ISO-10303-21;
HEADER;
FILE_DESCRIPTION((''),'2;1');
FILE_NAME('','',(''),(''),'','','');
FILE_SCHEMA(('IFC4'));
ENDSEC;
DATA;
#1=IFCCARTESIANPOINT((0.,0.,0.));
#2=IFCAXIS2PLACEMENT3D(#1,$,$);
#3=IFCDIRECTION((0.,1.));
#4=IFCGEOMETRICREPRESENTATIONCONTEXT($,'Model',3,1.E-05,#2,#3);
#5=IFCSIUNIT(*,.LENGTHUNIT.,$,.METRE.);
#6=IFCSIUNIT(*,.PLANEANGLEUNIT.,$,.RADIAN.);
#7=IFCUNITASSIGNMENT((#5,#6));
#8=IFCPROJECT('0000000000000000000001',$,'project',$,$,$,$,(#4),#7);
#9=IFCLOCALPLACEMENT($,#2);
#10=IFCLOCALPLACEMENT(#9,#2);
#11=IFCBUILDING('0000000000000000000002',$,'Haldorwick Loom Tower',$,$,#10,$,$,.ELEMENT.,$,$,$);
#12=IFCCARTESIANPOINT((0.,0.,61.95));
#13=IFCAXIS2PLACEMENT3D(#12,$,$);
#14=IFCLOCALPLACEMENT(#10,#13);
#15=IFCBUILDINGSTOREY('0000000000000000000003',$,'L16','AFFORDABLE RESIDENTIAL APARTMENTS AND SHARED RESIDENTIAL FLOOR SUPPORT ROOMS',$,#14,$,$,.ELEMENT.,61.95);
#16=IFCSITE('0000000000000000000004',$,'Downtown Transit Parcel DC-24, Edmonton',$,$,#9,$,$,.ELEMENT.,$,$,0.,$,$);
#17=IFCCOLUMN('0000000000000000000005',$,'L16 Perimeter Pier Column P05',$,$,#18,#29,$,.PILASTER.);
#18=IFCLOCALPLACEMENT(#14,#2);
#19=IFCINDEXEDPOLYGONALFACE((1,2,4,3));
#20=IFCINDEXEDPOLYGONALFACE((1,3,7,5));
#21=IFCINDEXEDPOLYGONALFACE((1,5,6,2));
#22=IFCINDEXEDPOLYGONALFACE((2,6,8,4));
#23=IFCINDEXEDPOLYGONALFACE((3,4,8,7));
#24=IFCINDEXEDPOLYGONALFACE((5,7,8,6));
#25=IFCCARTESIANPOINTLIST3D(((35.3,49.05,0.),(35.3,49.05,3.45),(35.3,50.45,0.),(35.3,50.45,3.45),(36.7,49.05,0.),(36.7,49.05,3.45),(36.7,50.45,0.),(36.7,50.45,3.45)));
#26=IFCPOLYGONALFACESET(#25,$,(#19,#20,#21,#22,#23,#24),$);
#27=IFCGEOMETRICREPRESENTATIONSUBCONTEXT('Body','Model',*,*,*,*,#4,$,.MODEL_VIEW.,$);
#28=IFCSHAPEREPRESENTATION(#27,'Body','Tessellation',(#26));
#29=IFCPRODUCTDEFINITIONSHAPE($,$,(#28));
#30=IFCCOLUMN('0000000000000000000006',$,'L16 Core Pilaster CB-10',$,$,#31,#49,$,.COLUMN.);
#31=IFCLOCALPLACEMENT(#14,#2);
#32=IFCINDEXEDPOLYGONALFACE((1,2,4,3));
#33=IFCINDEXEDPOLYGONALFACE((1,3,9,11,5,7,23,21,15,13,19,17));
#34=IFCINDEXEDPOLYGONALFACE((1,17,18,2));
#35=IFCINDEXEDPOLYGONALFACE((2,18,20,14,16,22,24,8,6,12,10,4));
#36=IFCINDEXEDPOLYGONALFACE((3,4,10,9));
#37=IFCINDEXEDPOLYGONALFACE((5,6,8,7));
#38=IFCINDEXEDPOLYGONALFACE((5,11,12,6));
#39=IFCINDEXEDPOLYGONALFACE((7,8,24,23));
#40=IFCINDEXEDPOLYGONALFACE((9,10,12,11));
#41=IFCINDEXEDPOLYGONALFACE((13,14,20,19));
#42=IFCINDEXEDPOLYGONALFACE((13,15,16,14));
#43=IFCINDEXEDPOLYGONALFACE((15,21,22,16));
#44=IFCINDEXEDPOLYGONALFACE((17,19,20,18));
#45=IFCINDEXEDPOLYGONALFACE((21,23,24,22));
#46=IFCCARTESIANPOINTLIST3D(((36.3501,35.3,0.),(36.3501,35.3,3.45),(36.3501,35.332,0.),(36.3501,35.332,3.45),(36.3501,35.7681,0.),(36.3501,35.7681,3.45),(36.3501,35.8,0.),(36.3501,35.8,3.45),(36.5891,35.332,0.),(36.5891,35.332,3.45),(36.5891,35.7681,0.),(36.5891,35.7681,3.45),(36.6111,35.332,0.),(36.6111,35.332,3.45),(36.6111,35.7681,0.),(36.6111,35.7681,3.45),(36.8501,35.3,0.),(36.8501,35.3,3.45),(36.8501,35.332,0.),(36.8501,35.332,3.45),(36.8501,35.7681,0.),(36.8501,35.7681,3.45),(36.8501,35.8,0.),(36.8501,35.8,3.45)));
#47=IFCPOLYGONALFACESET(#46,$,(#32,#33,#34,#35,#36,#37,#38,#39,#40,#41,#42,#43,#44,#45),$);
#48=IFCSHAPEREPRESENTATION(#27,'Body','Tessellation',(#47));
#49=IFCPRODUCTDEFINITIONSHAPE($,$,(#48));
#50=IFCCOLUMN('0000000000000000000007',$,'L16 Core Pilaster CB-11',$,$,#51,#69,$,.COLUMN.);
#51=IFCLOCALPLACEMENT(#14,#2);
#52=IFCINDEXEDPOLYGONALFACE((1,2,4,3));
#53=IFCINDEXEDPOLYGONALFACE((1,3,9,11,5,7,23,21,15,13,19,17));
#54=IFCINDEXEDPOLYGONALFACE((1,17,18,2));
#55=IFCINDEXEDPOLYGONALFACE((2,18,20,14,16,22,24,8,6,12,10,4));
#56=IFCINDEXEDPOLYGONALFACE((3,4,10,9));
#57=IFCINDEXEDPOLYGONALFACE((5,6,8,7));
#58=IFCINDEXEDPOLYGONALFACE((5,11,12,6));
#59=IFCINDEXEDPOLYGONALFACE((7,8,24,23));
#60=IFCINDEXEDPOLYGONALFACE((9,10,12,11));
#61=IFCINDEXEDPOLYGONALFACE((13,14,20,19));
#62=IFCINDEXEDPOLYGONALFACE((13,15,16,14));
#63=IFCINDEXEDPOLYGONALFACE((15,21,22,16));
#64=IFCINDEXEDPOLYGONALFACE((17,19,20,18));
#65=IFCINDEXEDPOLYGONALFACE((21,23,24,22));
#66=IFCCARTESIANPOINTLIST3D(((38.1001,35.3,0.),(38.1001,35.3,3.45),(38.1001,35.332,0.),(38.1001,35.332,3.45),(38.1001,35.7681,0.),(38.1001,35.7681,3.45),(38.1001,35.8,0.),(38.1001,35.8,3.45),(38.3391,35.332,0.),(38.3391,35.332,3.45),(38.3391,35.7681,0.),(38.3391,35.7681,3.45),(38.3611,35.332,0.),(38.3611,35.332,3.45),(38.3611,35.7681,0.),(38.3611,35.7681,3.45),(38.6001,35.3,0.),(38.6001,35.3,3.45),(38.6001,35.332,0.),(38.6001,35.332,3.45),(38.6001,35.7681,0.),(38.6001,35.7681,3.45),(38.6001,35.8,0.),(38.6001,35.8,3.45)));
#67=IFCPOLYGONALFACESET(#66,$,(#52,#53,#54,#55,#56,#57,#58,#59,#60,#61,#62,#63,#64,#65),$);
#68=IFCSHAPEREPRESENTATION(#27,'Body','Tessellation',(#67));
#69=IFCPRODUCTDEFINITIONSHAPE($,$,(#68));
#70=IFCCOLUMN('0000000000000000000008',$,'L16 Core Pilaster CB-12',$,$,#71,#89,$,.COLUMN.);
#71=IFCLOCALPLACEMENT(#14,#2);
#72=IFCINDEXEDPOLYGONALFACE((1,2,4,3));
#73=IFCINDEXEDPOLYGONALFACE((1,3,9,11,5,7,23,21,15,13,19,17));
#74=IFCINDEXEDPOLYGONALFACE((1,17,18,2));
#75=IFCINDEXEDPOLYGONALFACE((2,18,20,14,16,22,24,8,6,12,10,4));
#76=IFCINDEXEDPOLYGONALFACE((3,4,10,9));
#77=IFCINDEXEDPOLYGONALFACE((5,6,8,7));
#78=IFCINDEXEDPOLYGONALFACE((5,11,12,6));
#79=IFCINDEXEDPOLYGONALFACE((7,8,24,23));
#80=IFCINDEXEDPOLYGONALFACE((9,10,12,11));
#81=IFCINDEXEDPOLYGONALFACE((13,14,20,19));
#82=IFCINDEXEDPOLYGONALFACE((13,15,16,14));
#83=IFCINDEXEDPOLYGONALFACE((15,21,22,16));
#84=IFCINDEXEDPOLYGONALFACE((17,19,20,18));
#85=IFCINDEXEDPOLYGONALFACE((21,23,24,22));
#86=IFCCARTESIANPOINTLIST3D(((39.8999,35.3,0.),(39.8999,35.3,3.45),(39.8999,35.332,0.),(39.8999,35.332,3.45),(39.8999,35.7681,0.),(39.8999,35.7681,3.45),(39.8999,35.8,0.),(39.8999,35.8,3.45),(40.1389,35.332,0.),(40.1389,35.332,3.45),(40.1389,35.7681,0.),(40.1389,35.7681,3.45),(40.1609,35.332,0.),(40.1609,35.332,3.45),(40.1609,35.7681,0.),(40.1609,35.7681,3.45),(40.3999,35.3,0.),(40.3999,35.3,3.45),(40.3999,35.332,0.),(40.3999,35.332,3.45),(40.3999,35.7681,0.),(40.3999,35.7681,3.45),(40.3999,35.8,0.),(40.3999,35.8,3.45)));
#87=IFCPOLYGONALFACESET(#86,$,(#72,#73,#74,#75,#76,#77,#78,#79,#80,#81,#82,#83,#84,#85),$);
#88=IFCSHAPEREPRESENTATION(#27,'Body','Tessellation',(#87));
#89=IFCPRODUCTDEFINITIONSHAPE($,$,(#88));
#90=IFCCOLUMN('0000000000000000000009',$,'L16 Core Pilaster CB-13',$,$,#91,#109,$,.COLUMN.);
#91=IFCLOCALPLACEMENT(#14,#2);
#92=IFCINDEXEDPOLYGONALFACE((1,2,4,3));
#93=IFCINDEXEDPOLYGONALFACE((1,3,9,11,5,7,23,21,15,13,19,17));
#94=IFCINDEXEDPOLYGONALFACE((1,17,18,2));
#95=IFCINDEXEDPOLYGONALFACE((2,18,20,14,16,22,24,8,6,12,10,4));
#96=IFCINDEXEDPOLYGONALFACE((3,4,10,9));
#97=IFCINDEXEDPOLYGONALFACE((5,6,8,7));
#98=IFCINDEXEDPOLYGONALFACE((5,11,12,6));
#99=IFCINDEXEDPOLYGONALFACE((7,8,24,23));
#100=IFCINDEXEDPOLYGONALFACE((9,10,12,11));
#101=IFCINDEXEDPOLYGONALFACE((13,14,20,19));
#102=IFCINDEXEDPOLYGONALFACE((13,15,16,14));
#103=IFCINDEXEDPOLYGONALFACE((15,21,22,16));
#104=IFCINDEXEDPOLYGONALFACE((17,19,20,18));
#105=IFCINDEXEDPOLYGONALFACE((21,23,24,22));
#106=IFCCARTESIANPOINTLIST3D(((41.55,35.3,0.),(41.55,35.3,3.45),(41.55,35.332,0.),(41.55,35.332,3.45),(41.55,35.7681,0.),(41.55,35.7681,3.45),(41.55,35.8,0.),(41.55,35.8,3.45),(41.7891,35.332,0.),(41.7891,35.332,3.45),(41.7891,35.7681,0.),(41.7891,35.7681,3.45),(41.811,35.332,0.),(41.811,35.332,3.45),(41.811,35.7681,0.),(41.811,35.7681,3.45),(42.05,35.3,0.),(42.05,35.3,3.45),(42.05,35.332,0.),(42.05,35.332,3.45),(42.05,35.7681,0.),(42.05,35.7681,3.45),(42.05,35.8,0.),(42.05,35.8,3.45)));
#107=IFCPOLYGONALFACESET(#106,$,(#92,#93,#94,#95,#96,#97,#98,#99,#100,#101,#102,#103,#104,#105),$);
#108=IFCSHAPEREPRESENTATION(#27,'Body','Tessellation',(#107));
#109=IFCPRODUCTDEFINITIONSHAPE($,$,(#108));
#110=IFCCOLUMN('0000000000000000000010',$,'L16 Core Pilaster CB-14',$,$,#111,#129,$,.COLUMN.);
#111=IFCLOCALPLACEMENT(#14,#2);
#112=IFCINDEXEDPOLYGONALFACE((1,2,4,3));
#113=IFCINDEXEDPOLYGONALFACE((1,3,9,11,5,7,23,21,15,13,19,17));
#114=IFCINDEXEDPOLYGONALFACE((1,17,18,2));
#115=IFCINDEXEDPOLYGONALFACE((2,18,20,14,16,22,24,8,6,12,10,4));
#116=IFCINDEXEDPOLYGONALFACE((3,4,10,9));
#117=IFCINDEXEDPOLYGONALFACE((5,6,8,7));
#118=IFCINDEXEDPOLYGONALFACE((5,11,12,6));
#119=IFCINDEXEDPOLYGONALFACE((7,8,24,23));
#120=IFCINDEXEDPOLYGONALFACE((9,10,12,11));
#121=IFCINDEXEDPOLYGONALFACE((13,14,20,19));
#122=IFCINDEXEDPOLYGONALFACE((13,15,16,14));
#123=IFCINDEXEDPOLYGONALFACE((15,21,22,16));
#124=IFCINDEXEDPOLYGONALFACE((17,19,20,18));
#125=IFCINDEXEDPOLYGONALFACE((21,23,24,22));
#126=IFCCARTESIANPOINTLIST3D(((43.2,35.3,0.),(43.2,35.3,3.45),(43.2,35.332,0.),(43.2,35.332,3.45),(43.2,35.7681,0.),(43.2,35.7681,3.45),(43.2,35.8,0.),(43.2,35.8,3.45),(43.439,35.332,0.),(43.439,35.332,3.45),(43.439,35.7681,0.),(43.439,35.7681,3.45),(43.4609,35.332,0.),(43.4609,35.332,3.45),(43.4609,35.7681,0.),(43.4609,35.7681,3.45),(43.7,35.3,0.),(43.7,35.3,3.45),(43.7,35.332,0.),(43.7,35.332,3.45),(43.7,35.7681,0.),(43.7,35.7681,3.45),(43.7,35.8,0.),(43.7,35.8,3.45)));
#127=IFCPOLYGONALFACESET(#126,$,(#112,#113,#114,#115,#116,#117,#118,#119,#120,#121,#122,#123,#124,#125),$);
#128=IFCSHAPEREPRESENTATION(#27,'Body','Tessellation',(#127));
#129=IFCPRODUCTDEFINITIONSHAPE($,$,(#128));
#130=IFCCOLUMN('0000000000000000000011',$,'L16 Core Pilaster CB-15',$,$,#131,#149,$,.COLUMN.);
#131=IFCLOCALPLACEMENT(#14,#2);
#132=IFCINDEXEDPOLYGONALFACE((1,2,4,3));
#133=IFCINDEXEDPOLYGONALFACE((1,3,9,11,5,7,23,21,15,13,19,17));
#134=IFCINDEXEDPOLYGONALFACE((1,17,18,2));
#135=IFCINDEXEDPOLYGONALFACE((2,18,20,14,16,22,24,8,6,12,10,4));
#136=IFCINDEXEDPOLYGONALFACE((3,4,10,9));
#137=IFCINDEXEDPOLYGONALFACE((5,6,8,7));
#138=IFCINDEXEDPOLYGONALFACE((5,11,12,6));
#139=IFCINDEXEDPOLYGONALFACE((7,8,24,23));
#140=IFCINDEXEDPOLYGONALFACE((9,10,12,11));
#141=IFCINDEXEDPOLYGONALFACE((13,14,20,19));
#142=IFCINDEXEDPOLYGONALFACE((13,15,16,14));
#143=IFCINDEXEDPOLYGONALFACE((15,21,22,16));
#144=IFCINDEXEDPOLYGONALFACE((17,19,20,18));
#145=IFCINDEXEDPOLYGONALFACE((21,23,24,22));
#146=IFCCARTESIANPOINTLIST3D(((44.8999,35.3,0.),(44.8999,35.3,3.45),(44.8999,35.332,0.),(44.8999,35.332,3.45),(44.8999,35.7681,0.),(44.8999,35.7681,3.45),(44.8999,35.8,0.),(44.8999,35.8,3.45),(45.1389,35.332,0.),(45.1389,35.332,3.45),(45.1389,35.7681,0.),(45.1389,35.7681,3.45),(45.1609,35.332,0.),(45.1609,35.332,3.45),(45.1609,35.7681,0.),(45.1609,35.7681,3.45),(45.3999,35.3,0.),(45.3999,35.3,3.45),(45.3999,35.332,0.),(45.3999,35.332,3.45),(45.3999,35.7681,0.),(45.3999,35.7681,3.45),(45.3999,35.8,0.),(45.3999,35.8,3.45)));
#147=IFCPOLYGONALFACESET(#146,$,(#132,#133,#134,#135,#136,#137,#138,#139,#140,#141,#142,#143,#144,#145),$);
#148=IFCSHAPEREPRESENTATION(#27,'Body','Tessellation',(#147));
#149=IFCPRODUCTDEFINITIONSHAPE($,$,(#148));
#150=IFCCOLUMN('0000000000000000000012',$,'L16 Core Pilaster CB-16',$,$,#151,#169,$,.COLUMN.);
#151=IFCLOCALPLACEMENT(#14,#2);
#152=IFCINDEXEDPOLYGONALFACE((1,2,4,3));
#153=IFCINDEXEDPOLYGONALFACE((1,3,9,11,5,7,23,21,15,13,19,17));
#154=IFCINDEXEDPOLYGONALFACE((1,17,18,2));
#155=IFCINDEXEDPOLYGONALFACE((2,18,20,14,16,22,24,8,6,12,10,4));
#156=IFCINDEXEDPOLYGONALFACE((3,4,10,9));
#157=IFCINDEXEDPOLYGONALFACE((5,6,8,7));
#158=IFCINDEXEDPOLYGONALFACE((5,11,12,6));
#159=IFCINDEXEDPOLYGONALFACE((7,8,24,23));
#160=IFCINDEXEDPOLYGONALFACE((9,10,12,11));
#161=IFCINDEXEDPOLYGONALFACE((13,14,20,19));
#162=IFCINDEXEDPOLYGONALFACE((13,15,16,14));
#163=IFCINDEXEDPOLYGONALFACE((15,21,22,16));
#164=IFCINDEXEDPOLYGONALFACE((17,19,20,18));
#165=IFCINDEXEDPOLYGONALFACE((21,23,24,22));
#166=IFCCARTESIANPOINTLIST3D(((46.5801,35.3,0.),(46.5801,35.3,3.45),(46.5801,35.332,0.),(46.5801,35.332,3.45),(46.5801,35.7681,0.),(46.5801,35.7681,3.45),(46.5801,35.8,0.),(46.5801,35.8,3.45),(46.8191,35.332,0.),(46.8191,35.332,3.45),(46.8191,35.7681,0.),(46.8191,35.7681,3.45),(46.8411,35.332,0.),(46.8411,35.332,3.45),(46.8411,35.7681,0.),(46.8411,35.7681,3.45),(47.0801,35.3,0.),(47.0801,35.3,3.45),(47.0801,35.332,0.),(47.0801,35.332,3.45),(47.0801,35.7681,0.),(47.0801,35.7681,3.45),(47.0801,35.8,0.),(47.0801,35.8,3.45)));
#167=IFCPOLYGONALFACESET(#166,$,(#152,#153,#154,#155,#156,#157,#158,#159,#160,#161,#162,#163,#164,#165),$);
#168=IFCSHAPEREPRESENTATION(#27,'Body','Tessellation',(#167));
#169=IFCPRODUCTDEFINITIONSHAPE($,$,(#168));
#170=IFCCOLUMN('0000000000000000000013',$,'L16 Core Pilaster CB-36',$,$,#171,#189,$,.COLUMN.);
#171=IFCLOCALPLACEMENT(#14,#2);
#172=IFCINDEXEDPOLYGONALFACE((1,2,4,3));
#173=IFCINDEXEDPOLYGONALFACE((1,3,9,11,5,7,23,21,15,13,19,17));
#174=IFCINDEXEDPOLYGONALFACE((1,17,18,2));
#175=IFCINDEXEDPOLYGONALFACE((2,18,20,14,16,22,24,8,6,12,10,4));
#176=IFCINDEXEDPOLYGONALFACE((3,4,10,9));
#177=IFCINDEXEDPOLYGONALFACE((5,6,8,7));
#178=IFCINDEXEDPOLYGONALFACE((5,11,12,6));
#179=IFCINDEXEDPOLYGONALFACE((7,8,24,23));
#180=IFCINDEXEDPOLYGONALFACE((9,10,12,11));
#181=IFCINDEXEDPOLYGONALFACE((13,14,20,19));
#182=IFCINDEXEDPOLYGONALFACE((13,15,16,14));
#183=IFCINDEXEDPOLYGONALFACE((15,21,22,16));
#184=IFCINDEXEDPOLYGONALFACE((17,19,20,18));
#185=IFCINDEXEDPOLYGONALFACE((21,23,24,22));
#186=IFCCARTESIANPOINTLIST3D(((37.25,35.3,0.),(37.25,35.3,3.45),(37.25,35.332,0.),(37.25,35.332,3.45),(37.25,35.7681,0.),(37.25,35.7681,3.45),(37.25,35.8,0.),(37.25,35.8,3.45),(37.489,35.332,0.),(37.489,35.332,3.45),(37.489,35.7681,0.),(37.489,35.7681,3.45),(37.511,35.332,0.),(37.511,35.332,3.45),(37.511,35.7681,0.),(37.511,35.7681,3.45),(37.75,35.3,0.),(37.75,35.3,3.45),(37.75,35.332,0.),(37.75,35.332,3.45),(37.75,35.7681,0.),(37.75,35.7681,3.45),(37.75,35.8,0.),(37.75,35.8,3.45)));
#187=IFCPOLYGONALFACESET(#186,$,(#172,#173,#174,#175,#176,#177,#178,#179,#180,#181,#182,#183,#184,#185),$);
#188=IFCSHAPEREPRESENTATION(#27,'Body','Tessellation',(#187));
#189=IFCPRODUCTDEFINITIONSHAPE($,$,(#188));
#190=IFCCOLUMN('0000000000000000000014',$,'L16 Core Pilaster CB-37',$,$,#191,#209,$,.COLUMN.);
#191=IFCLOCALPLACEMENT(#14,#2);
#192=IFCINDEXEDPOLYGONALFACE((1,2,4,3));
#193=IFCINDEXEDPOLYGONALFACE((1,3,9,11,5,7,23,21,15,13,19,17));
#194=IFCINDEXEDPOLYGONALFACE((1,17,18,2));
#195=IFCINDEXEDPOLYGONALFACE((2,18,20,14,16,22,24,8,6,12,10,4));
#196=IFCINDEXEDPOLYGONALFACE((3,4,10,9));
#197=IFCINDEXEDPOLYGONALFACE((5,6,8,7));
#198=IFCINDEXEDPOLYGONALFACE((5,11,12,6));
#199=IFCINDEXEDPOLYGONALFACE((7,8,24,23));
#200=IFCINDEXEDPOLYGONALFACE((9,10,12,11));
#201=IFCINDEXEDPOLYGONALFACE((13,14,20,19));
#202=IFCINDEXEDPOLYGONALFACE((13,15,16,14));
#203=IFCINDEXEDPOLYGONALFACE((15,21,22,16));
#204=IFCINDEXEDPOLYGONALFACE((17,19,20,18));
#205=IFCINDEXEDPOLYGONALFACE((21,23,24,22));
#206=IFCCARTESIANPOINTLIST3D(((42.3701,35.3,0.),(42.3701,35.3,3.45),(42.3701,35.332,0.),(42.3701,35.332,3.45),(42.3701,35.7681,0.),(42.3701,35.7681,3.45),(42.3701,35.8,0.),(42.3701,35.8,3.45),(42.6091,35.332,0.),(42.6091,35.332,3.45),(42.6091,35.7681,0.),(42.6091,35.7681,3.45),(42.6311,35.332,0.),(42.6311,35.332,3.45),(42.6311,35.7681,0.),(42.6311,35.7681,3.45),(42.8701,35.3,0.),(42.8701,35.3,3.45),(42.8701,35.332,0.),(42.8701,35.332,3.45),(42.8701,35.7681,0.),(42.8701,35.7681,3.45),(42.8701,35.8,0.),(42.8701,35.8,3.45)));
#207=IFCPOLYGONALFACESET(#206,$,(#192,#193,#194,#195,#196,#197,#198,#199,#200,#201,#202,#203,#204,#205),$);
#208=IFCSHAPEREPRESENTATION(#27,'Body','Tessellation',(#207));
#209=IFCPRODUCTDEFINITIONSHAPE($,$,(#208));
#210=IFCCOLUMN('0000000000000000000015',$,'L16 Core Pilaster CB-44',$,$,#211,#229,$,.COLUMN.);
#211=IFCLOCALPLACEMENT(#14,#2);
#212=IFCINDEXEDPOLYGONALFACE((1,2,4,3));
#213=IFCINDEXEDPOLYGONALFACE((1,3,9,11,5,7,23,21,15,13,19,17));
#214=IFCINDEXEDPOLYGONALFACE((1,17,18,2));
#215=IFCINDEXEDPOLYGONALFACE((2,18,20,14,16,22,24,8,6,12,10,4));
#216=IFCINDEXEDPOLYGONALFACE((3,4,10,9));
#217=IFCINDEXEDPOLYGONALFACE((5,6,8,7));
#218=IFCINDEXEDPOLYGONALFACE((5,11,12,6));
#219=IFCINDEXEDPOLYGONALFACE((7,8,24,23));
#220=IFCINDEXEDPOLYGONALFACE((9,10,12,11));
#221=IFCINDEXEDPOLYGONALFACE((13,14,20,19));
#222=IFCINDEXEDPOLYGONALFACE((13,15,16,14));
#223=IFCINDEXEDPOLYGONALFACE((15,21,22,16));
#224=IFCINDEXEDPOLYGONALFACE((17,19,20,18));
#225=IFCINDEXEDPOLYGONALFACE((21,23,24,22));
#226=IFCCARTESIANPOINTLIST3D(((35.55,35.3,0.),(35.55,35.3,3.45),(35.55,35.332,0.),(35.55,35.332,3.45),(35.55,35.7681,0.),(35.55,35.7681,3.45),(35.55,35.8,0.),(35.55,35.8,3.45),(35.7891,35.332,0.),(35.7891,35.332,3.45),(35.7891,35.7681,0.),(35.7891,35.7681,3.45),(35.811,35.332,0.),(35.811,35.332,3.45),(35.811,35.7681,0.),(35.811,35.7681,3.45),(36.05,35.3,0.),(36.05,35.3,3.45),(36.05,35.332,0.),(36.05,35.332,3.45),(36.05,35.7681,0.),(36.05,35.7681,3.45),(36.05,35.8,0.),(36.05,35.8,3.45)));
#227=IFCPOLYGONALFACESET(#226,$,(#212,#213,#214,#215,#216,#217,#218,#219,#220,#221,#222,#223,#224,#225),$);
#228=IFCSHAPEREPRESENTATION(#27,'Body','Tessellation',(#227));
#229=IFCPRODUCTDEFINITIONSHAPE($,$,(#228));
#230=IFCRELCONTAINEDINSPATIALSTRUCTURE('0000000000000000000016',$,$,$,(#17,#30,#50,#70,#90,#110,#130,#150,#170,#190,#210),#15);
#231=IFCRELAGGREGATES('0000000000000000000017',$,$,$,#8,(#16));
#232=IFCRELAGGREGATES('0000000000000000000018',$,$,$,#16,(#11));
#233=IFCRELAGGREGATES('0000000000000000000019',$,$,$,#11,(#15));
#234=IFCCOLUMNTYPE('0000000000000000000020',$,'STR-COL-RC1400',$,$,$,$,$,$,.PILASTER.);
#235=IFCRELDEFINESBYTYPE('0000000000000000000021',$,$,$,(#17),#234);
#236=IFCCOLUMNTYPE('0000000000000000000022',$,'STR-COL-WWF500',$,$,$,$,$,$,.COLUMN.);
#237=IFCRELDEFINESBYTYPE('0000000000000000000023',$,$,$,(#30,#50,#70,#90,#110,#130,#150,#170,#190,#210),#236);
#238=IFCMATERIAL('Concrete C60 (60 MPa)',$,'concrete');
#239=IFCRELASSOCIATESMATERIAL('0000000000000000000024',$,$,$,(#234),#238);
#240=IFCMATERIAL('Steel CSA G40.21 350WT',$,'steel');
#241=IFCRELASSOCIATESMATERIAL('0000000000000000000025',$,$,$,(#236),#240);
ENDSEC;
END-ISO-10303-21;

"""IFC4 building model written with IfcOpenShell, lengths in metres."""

from ifc_helpers import new_model, si_unit, direction, frame, origin, origin_2d, place, context, subcontext, project, spatial, rectangle, i_section, extrude, material, material_profile, profile_set, type_object, element, save


model = new_model("IFC4")

# Units and contexts
model_context = context("Model", 3, precision=1e-05, world=origin(), true_north=direction((0.0, 1.0)))
body_context = subcontext(model_context, "Body", "Model", "MODEL_VIEW")
ifc_project = project(units=[si_unit("LENGTHUNIT", "METRE"), si_unit("PLANEANGLEUNIT", "RADIAN")], contexts=[model_context])

# Site, building, storey
site_placement = place(None, origin())
site = spatial("IfcSite", under=ifc_project, at=site_placement, Name="Downtown Transit Parcel DC-24, Edmonton", CompositionType="ELEMENT", RefElevation=0.0)
building_placement = place(site_placement, origin())
building = spatial("IfcBuilding", under=site, at=building_placement, Name="Haldorwick Loom Tower", CompositionType="ELEMENT")
storey_placement = place(building_placement, frame((0.0, 0.0, 61.95)))
storey = spatial("IfcBuildingStorey", under=building, at=storey_placement, Name="L16", Description="AFFORDABLE RESIDENTIAL APARTMENTS AND SHARED RESIDENTIAL FLOOR SUPPORT ROOMS", CompositionType="ELEMENT", Elevation=61.95)

# Columns
ifc_material_1 = material(Name="Concrete C60 (60 MPa)", Category="concrete")
ifc_material_profile_1 = material_profile(ifc_material_1, rectangle(XDim=1.3999, YDim=1.3999, at=origin_2d()), Name="RC1400X1400", Category="concrete")
ifc_profile_set_1 = profile_set([ifc_material_profile_1], Name="Concrete C60 (60 MPa)")
column_type_1 = type_object("IfcColumnType", Name="STR-COL-RC1400", PredefinedType="PILASTER", material=ifc_profile_set_1)
column_placement = place(storey_placement, frame((36.0, 49.75, 0.0), z_axis=(0.0, 0.0, 1.0), x_axis=(0.0, 1.0, 0.0)))
element("IfcColumn", 1, at=column_placement, inside=storey, type_object=column_type_1, Name="L16 Perimeter Pier Column P05", PredefinedType="PILASTER", context=body_context, shape_type="SweptSolid", body=[
    extrude(rectangle(XDim=1.3999, YDim=1.3999, at=origin_2d()), origin(), (0.0, 0.0, 1.0), 3.45),
])
ifc_material_2 = material(Name="Steel CSA G40.21 350WT", Category="steel")
ifc_material_profile_2 = material_profile(ifc_material_2, i_section(OverallWidth=0.5, OverallDepth=0.5, WebThickness=0.022, FlangeThickness=0.032, at=origin_2d()), Name="WWF500X500", Category="steel")
ifc_profile_set_2 = profile_set([ifc_material_profile_2], Name="Steel CSA G40.21 350WT")
column_type_2 = type_object("IfcColumnType", Name="STR-COL-WWF500", PredefinedType="COLUMN", material=ifc_profile_set_2)
for number, where, z_axis, x_axis, name in (
    (2, (36.6001, 35.55, 0.0), (0.0, 0.0, 1.0), (1.0, 0.0, 0.0), "L16 Core Pilaster CB-10"),
    (3, (38.3501, 35.55, 0.0), (0.0, 0.0, 1.0), (1.0, 0.0, 0.0), "L16 Core Pilaster CB-11"),
    (4, (40.1499, 35.55, 0.0), (0.0, 0.0, 1.0), (1.0, 0.0, 0.0), "L16 Core Pilaster CB-12"),
    (5, (41.8, 35.55, 0.0), (0.0, 0.0, 1.0), (1.0, 0.0, 0.0), "L16 Core Pilaster CB-13"),
    (6, (43.45, 35.55, 0.0), (0.0, 0.0, 1.0), (1.0, 0.0, 0.0), "L16 Core Pilaster CB-14"),
    (7, (45.1499, 35.55, 0.0), (0.0, 0.0, 1.0), (1.0, 0.0, 0.0), "L16 Core Pilaster CB-15"),
    (8, (46.8301, 35.55, 0.0), (0.0, 0.0, 1.0), (1.0, 0.0, 0.0), "L16 Core Pilaster CB-16"),
    (9, (37.5, 35.55, 0.0), (0.0, 0.0, 1.0), (1.0, 0.0, 0.0), "L16 Core Pilaster CB-36"),
    (10, (42.6201, 35.55, 0.0), (0.0, 0.0, 1.0), (1.0, 0.0, 0.0), "L16 Core Pilaster CB-37"),
    (11, (35.8, 35.55, 0.0), (0.0, 0.0, 1.0), (1.0, 0.0, 0.0), "L16 Core Pilaster CB-44"),
):
    element("IfcColumn", number, at=place(storey_placement, frame(where, z_axis=z_axis, x_axis=x_axis)), inside=storey, type_object=column_type_2, Name=name, PredefinedType="COLUMN", context=body_context, shape_type="SweptSolid", body=[
        extrude(i_section(OverallWidth=0.5, OverallDepth=0.5, WebThickness=0.022, FlangeThickness=0.032, at=origin_2d()), origin(), (0.0, 0.0, 1.0), 3.45),
    ])

save(model, "model.ifc")
